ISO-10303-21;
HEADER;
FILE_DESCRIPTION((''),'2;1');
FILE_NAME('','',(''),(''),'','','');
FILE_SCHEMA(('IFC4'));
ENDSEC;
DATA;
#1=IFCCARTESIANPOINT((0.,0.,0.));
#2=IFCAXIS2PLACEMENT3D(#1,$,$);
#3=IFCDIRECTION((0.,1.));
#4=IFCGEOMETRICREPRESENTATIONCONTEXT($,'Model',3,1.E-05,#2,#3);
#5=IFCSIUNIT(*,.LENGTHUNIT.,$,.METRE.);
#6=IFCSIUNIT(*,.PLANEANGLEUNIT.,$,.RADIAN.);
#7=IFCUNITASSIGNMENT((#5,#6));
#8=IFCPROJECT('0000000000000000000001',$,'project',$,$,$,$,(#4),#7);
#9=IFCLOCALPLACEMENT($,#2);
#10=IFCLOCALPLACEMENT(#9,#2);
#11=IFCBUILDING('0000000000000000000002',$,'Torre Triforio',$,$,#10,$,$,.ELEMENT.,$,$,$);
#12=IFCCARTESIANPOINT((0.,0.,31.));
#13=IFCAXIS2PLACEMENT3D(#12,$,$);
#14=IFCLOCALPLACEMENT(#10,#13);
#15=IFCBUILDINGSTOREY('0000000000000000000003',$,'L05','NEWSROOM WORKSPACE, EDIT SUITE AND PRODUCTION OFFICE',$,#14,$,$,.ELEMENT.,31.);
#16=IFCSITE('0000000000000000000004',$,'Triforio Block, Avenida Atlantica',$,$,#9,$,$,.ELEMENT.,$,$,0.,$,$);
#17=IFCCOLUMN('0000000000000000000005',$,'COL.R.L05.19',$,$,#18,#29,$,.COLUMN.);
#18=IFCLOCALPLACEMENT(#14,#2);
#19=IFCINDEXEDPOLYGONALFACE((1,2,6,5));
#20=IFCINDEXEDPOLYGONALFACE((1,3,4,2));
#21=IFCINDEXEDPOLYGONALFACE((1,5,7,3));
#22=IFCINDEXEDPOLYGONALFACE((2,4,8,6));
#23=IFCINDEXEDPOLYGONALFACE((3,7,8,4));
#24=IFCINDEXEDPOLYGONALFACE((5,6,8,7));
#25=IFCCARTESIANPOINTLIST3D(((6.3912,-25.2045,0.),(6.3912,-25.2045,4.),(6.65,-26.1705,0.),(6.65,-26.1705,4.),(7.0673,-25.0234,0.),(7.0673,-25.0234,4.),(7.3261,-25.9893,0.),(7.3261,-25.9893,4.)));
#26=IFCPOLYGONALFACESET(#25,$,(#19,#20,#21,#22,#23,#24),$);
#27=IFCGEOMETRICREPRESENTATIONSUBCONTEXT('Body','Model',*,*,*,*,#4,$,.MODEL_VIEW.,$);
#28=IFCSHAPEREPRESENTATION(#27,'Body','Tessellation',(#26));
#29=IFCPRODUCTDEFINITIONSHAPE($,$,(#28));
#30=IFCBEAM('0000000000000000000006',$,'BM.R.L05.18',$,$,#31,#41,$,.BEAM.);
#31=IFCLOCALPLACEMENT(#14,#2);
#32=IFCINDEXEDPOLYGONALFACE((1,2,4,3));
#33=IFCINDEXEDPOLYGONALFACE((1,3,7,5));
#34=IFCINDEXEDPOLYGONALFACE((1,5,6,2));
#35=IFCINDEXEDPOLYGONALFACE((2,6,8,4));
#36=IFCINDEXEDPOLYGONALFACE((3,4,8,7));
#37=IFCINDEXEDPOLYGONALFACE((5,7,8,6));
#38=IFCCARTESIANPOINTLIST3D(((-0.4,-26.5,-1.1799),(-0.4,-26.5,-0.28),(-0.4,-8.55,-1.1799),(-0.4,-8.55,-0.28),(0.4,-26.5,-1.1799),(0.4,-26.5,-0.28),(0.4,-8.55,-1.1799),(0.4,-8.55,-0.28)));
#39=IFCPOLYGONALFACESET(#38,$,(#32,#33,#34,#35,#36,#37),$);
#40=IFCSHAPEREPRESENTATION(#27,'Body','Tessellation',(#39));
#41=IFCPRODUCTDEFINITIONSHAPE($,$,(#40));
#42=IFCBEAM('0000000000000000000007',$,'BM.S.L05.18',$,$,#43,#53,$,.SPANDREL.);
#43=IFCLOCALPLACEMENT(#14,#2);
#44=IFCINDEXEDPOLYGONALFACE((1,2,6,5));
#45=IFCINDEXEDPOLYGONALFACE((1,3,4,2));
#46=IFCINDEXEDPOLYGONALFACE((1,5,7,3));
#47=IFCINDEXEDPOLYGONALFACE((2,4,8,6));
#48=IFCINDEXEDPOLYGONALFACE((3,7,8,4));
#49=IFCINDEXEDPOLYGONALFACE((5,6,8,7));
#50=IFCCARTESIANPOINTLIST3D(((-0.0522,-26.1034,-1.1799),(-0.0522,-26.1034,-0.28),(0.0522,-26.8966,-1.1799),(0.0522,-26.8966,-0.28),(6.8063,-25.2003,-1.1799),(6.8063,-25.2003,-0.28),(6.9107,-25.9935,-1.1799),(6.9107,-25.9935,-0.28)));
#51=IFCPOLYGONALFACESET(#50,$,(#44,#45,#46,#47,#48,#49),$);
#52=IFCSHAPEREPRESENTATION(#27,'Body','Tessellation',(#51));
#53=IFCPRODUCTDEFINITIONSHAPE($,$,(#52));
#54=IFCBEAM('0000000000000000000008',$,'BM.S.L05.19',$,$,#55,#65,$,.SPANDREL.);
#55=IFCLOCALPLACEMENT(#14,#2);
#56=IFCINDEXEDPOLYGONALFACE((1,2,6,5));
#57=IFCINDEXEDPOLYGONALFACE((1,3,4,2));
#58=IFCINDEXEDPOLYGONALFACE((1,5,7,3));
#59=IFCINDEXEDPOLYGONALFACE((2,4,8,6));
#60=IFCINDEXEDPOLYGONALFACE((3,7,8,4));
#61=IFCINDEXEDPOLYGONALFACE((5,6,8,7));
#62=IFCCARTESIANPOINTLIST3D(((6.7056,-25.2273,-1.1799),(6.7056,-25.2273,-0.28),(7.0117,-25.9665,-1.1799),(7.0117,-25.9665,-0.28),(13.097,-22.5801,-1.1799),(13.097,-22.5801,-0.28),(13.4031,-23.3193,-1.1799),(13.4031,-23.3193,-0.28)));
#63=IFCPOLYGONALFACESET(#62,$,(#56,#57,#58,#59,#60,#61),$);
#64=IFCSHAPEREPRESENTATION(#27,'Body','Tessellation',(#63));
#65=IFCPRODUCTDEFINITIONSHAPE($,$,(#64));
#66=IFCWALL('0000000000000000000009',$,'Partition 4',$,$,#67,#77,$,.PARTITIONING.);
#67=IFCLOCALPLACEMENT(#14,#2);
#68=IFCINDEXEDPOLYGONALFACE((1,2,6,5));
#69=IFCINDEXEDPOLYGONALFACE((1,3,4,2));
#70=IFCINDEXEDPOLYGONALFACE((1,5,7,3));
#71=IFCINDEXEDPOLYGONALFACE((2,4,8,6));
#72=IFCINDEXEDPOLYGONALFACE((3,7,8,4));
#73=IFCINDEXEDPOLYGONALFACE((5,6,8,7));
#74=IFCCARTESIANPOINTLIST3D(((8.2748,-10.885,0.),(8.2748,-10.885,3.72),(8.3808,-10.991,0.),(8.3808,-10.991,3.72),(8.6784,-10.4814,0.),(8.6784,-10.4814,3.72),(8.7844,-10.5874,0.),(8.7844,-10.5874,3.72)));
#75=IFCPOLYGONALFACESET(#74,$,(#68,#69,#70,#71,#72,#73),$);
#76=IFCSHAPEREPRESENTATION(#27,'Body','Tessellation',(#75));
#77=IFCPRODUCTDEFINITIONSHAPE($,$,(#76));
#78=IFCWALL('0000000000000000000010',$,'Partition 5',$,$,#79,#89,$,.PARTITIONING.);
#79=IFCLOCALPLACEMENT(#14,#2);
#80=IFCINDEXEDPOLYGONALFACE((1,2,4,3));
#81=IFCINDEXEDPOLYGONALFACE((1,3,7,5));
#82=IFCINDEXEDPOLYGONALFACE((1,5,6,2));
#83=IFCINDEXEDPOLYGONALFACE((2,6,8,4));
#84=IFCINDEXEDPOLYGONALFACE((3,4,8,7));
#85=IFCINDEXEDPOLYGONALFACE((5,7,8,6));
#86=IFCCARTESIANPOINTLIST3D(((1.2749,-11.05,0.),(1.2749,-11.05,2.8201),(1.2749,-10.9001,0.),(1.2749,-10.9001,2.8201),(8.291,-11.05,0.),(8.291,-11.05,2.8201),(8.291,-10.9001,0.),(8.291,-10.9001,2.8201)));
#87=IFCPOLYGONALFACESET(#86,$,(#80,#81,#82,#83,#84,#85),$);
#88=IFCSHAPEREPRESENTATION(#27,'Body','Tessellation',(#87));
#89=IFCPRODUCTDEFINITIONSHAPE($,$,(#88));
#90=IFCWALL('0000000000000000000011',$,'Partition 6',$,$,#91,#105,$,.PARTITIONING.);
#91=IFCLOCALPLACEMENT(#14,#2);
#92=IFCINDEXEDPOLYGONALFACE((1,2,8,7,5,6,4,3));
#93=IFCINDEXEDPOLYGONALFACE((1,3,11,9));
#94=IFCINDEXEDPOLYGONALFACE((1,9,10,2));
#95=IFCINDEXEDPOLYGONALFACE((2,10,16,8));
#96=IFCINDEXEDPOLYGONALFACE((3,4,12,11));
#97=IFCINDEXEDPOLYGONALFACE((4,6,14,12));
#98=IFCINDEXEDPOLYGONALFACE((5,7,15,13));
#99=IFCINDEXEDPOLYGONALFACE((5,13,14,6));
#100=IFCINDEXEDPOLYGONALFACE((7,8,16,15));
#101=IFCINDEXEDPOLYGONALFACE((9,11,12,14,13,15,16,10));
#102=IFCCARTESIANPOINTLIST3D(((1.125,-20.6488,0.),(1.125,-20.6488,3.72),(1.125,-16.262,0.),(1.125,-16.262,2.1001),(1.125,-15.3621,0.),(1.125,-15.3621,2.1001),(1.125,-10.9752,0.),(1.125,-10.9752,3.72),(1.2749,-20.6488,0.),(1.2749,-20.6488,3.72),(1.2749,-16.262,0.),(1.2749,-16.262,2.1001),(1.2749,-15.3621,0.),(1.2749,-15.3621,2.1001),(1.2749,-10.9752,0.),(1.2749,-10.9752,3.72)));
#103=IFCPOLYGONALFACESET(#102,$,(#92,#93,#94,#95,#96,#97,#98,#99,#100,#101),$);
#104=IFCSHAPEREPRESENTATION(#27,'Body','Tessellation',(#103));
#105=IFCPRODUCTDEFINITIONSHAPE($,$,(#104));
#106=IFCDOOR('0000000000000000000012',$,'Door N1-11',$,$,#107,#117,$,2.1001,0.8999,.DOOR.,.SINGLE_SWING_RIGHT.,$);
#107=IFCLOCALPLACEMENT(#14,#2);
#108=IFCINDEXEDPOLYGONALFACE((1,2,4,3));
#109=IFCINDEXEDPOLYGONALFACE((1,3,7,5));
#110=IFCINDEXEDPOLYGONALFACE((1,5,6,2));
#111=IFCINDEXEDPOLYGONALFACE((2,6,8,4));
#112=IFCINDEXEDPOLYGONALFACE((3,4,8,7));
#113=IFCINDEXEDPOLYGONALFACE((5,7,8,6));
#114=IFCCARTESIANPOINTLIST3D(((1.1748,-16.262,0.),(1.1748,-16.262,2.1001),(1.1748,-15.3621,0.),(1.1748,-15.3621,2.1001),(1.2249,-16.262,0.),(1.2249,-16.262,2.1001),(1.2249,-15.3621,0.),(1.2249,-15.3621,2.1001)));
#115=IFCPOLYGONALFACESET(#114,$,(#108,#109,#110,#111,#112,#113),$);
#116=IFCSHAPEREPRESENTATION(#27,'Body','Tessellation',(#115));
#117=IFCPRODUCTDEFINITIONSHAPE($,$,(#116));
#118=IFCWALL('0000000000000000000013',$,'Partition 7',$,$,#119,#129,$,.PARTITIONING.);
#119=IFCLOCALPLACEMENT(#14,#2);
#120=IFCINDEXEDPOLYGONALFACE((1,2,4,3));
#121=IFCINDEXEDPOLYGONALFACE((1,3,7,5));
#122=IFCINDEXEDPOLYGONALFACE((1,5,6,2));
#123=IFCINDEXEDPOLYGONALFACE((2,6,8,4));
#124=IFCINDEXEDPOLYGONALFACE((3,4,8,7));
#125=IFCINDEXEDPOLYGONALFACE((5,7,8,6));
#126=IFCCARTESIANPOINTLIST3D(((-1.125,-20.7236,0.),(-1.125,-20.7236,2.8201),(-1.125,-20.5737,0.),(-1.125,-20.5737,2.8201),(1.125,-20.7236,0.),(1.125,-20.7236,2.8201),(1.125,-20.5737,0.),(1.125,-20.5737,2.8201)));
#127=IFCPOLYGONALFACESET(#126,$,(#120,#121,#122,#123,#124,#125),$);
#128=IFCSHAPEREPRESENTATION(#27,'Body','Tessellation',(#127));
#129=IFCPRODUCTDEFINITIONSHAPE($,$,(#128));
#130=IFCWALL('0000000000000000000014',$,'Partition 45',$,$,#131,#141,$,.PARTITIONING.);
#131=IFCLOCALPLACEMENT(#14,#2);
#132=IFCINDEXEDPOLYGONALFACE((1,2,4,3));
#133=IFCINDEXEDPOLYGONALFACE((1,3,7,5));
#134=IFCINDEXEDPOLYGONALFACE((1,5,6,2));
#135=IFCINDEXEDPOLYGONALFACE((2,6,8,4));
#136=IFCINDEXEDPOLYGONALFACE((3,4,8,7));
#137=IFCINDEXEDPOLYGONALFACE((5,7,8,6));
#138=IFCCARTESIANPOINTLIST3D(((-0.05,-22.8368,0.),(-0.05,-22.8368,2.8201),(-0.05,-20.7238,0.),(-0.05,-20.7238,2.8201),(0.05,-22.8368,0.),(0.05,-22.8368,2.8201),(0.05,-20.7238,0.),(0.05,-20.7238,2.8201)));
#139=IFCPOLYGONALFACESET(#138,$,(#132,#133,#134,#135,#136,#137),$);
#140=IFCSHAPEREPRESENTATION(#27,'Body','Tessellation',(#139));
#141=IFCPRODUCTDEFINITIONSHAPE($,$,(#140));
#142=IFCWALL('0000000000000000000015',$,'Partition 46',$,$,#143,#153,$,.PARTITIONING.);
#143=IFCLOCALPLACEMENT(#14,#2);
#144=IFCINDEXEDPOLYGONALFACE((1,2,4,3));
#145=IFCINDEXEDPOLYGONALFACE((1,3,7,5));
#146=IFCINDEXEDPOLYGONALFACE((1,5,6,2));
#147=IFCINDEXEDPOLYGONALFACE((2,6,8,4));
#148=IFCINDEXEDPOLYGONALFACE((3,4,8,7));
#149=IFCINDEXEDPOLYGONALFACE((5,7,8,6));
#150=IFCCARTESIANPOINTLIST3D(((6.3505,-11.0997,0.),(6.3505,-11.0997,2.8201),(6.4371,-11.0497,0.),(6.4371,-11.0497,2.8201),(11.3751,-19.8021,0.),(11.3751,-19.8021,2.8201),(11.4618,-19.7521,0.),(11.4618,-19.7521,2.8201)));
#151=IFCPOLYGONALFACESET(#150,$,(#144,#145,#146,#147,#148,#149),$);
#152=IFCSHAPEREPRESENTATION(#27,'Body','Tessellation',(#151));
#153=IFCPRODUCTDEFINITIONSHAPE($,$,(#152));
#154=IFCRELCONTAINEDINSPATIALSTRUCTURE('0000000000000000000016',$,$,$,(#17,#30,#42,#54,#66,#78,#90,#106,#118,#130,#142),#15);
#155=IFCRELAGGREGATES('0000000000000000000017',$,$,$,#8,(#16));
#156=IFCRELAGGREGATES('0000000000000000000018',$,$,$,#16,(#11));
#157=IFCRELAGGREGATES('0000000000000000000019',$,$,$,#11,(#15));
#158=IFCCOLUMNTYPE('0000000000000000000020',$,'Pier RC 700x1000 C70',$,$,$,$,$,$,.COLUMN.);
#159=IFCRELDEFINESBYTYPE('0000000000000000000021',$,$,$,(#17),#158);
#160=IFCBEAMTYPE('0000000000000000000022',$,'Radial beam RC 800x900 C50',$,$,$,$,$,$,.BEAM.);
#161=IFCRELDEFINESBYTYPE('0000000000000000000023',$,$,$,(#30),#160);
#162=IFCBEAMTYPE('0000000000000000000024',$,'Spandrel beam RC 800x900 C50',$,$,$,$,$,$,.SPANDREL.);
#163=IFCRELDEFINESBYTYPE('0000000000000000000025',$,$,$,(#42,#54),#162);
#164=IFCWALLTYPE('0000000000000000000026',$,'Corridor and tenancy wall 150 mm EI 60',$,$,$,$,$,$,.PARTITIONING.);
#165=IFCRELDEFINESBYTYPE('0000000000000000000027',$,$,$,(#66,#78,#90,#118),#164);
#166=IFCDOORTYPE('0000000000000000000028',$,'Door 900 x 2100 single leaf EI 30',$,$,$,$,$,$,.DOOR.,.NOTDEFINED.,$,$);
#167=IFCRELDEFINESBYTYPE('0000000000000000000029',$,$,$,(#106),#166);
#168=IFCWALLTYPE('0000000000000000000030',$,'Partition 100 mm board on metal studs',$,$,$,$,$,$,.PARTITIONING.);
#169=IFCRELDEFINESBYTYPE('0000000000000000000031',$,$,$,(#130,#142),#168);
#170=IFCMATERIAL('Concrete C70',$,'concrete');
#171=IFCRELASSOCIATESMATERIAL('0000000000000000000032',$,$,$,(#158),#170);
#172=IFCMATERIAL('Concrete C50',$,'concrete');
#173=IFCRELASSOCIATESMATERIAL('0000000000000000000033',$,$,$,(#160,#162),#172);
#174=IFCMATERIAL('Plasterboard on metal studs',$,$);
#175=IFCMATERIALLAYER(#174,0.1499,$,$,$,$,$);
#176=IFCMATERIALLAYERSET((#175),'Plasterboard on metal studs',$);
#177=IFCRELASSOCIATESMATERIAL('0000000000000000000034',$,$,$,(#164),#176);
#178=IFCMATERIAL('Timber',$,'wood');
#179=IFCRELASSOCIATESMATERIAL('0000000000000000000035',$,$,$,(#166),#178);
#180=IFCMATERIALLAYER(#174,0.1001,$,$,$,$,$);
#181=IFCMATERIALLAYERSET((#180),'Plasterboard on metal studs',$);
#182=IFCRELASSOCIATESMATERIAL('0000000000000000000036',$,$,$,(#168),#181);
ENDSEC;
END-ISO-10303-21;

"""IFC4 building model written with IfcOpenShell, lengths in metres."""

from ifc_helpers import new_model, si_unit, direction, frame, frame_2d, origin, origin_2d, place, context, subcontext, project, spatial, rectangle, extrude, material, layer, layer_set, material_profile, profile_set, type_object, element, fill, save


model = new_model("IFC4")

# Units and contexts
model_context = context("Model", 3, precision=1e-05, world=origin(), true_north=direction((0.0, 1.0)))
body_context = subcontext(model_context, "Body", "Model", "MODEL_VIEW")
ifc_project = project(units=[si_unit("LENGTHUNIT", "METRE"), si_unit("PLANEANGLEUNIT", "RADIAN")], contexts=[model_context])

# Site, building, storey
site_placement = place(None, origin())
site = spatial("IfcSite", under=ifc_project, at=site_placement, Name="Triforio Block, Avenida Atlantica", CompositionType="ELEMENT", RefElevation=0.0)
building_placement = place(site_placement, origin())
building = spatial("IfcBuilding", under=site, at=building_placement, Name="Torre Triforio", CompositionType="ELEMENT")
storey_placement = place(building_placement, frame((0.0, 0.0, 31.0)))
storey = spatial("IfcBuildingStorey", under=building, at=storey_placement, Name="L05", Description="NEWSROOM WORKSPACE, EDIT SUITE AND PRODUCTION OFFICE", CompositionType="ELEMENT", Elevation=31.0)

# Column
ifc_material_1 = material(Name="Concrete C70", Category="concrete")
ifc_material_profile_1 = material_profile(ifc_material_1, rectangle(XDim=0.7, YDim=1.0, at=origin_2d()), Name="RC 700x1000")
ifc_profile_set_1 = profile_set([ifc_material_profile_1], Name="Concrete C70")
column_type = type_object("IfcColumnType", Name="Pier RC 700x1000 C70", PredefinedType="COLUMN", material=ifc_profile_set_1)
column_placement = place(storey_placement, frame((6.8586, -25.5969, 0.0), z_axis=(0.0, 0.0, 1.0), x_axis=(0.965926, 0.258819, 0.0)))
element("IfcColumn", 1, at=column_placement, inside=storey, type_object=column_type, Name="COL.R.L05.19", PredefinedType="COLUMN", context=body_context, shape_type="SweptSolid", body=[
    extrude(rectangle(XDim=0.7, YDim=1.0, at=origin_2d()), origin(), (0.0, 0.0, 1.0), 4.0),
])

# Beams
ifc_material_2 = material(Name="Concrete C50", Category="concrete")
ifc_material_profile_2 = material_profile(ifc_material_2, rectangle(XDim=0.8, YDim=0.8999, at=origin_2d()), Name="RC 800x900")
ifc_profile_set_2 = profile_set([ifc_material_profile_2], Name="Concrete C50")
beam_type_1 = type_object("IfcBeamType", Name="Radial beam RC 800x900 C50", PredefinedType="BEAM", material=ifc_profile_set_2)
beam_1_placement = place(storey_placement, frame((0.0, -8.55, -0.73), z_axis=(0.0, -1.0, 0.0), x_axis=(1.0, 0.0, 0.0)))
element("IfcBeam", 2, at=beam_1_placement, inside=storey, type_object=beam_type_1, Name="BM.R.L05.18", PredefinedType="BEAM", context=body_context, shape_type="SweptSolid", body=[
    extrude(rectangle(XDim=0.8, YDim=0.8999, at=origin_2d()), origin(), (0.0, 0.0, 1.0), 17.95),
])
ifc_material_profile_3 = material_profile(ifc_material_2, rectangle(XDim=0.8, YDim=0.8999, at=origin_2d()), Name="RC 800x900")
ifc_profile_set_3 = profile_set([ifc_material_profile_3], Name="Concrete C50")
beam_type_2 = type_object("IfcBeamType", Name="Spandrel beam RC 800x900 C50", PredefinedType="SPANDREL", material=ifc_profile_set_3)
beam_2_placement = place(storey_placement, frame((0.0, -26.5, -0.73), z_axis=(0.991443, 0.130543, 0.0), x_axis=(-0.130543, 0.991443, 0.0)))
element("IfcBeam", 3, at=beam_2_placement, inside=storey, type_object=beam_type_2, Name="BM.S.L05.18", PredefinedType="SPANDREL", context=body_context, shape_type="SweptSolid", body=[
    extrude(rectangle(XDim=0.8, YDim=0.8999, at=origin_2d()), origin(), (0.0, 0.0, 1.0), 6.9177),
])
beam_3_placement = place(storey_placement, frame((6.8586, -25.5969, -0.73), z_axis=(0.923888, 0.382662, 0.0), x_axis=(-0.382662, 0.923888, 0.0)))
element("IfcBeam", 4, at=beam_3_placement, inside=storey, type_object=beam_type_2, Name="BM.S.L05.19", PredefinedType="SPANDREL", context=body_context, shape_type="SweptSolid", body=[
    extrude(rectangle(XDim=0.8, YDim=0.8999, at=origin_2d()), origin(), (0.0, 0.0, 1.0), 6.918),
])

# Walls
ifc_material_3 = material(Name="Plasterboard on metal studs")
ifc_layer_1 = layer(ifc_material_3, 0.1499)
ifc_layer_set_1 = layer_set([ifc_layer_1], Name="Plasterboard on metal studs")
wall_type_1 = type_object("IfcWallType", Name="Corridor and tenancy wall 150 mm EI 60", PredefinedType="PARTITIONING", material=ifc_layer_set_1)
wall_1_placement = place(storey_placement, frame((8.7314, -10.5344, 0.0), z_axis=(0.0, 0.0, 1.0), x_axis=(-0.707107, -0.707107, 0.0)))
element("IfcWall", 5, at=wall_1_placement, inside=storey, type_object=wall_type_1, Name="Partition 4", PredefinedType="PARTITIONING", context=body_context, shape_type="SweptSolid", body=[
    extrude(rectangle(XDim=0.5708, YDim=0.1499, at=frame_2d((0.2854, 0.0))), origin(), (0.0, 0.0, 1.0), 3.72),
])
wall_2_placement = place(storey_placement, frame((8.291, -10.9751, 0.0), z_axis=(0.0, 0.0, 1.0), x_axis=(-1.0, 0.0, 0.0)))
element("IfcWall", 6, at=wall_2_placement, inside=storey, type_object=wall_type_1, Name="Partition 5", PredefinedType="PARTITIONING", context=body_context, shape_type="SweptSolid", body=[
    extrude(rectangle(XDim=7.0161, YDim=0.1499, at=frame_2d((3.5081, 0.0))), origin(), (0.0, 0.0, 1.0), 2.8201),
])

# Wall, opening, door
wall_3_placement = place(storey_placement, frame((1.2, -10.9751, 0.0), z_axis=(0.0, 0.0, 1.0), x_axis=(0.0, -1.0, 0.0)))
wall_3 = element("IfcWall", 7, at=wall_3_placement, inside=storey, type_object=wall_type_1, Name="Partition 6", PredefinedType="PARTITIONING", context=body_context, shape_type="SweptSolid", body=[
    extrude(rectangle(XDim=9.6736, YDim=0.1499, at=frame_2d((4.8369, 0.0))), origin(), (0.0, 0.0, 1.0), 3.72),
])
opening_1_placement = place(wall_3_placement, frame((4.387, 0.0, 0.0)))
opening_1 = element("IfcOpeningElement", 8, at=opening_1_placement, cuts=wall_3, PredefinedType="OPENING", context=body_context, shape_type="SweptSolid", body=[
    extrude(rectangle(XDim=0.8999, YDim=2.1001, at=frame_2d((0.45, 1.05))), frame((0.0, 0.085, 0.0), z_axis=(0.0, -1.0, 0.0), x_axis=(1.0, 0.0, 0.0)), (0.0, 0.0, 1.0), 0.1699),
])
ifc_material_4 = material(Name="Timber", Category="wood")
door_type_1 = type_object("IfcDoorType", Name="Door 900 x 2100 single leaf EI 30", OperationType="NOTDEFINED", PredefinedType="DOOR", material=ifc_material_4)
door_1_placement = place(opening_1_placement, origin())
door_1 = element("IfcDoor", 9, at=door_1_placement, inside=storey, type_object=door_type_1, Name="Door N1-11", OperationType="SINGLE_SWING_RIGHT", OverallHeight=2.1001, OverallWidth=0.8999, PredefinedType="DOOR", context=body_context, shape_type="SweptSolid", body=[
    extrude(rectangle(XDim=0.8999, YDim=2.1001, at=frame_2d((0.45, 1.05))), frame((0.0, 0.0249, 0.0), z_axis=(0.0, -1.0, 0.0), x_axis=(1.0, 0.0, 0.0)), (0.0, 0.0, 1.0), 0.05),
])
fill(opening_1, door_1)

# Walls
wall_4_placement = place(storey_placement, frame((1.125, -20.6487, 0.0), z_axis=(0.0, 0.0, 1.0), x_axis=(-1.0, 0.0, 0.0)))
element("IfcWall", 10, at=wall_4_placement, inside=storey, type_object=wall_type_1, Name="Partition 7", PredefinedType="PARTITIONING", context=body_context, shape_type="SweptSolid", body=[
    extrude(rectangle(XDim=2.25, YDim=0.1499, at=frame_2d((1.125, 0.0))), origin(), (0.0, 0.0, 1.0), 2.8201),
])
ifc_layer_2 = layer(ifc_material_3, 0.1001)
ifc_layer_set_2 = layer_set([ifc_layer_2], Name="Plasterboard on metal studs")
wall_type_2 = type_object("IfcWallType", Name="Partition 100 mm board on metal studs", PredefinedType="PARTITIONING", material=ifc_layer_set_2)
wall_5_placement = place(storey_placement, frame((0.0, -20.7236, 0.0), z_axis=(0.0, 0.0, 1.0), x_axis=(0.0, -1.0, 0.0)))
element("IfcWall", 11, at=wall_5_placement, inside=storey, type_object=wall_type_2, Name="Partition 45", PredefinedType="PARTITIONING", context=body_context, shape_type="SweptSolid", body=[
    extrude(rectangle(XDim=2.113, YDim=0.1001, at=frame_2d((1.0566, 0.0))), origin(), (0.0, 0.0, 1.0), 2.8201),
])
wall_6_placement = place(storey_placement, frame((6.3938, -11.0747, 0.0), z_axis=(0.0, 0.0, 1.0), x_axis=(0.500025, -0.866011, 0.0)))
element("IfcWall", 12, at=wall_6_placement, inside=storey, type_object=wall_type_2, Name="Partition 46", PredefinedType="PARTITIONING", context=body_context, shape_type="SweptSolid", body=[
    extrude(rectangle(XDim=10.0488, YDim=0.1001, at=frame_2d((5.0244, 0.0))), origin(), (0.0, 0.0, 1.0), 2.8201),
])

save(model, "model.ifc")
